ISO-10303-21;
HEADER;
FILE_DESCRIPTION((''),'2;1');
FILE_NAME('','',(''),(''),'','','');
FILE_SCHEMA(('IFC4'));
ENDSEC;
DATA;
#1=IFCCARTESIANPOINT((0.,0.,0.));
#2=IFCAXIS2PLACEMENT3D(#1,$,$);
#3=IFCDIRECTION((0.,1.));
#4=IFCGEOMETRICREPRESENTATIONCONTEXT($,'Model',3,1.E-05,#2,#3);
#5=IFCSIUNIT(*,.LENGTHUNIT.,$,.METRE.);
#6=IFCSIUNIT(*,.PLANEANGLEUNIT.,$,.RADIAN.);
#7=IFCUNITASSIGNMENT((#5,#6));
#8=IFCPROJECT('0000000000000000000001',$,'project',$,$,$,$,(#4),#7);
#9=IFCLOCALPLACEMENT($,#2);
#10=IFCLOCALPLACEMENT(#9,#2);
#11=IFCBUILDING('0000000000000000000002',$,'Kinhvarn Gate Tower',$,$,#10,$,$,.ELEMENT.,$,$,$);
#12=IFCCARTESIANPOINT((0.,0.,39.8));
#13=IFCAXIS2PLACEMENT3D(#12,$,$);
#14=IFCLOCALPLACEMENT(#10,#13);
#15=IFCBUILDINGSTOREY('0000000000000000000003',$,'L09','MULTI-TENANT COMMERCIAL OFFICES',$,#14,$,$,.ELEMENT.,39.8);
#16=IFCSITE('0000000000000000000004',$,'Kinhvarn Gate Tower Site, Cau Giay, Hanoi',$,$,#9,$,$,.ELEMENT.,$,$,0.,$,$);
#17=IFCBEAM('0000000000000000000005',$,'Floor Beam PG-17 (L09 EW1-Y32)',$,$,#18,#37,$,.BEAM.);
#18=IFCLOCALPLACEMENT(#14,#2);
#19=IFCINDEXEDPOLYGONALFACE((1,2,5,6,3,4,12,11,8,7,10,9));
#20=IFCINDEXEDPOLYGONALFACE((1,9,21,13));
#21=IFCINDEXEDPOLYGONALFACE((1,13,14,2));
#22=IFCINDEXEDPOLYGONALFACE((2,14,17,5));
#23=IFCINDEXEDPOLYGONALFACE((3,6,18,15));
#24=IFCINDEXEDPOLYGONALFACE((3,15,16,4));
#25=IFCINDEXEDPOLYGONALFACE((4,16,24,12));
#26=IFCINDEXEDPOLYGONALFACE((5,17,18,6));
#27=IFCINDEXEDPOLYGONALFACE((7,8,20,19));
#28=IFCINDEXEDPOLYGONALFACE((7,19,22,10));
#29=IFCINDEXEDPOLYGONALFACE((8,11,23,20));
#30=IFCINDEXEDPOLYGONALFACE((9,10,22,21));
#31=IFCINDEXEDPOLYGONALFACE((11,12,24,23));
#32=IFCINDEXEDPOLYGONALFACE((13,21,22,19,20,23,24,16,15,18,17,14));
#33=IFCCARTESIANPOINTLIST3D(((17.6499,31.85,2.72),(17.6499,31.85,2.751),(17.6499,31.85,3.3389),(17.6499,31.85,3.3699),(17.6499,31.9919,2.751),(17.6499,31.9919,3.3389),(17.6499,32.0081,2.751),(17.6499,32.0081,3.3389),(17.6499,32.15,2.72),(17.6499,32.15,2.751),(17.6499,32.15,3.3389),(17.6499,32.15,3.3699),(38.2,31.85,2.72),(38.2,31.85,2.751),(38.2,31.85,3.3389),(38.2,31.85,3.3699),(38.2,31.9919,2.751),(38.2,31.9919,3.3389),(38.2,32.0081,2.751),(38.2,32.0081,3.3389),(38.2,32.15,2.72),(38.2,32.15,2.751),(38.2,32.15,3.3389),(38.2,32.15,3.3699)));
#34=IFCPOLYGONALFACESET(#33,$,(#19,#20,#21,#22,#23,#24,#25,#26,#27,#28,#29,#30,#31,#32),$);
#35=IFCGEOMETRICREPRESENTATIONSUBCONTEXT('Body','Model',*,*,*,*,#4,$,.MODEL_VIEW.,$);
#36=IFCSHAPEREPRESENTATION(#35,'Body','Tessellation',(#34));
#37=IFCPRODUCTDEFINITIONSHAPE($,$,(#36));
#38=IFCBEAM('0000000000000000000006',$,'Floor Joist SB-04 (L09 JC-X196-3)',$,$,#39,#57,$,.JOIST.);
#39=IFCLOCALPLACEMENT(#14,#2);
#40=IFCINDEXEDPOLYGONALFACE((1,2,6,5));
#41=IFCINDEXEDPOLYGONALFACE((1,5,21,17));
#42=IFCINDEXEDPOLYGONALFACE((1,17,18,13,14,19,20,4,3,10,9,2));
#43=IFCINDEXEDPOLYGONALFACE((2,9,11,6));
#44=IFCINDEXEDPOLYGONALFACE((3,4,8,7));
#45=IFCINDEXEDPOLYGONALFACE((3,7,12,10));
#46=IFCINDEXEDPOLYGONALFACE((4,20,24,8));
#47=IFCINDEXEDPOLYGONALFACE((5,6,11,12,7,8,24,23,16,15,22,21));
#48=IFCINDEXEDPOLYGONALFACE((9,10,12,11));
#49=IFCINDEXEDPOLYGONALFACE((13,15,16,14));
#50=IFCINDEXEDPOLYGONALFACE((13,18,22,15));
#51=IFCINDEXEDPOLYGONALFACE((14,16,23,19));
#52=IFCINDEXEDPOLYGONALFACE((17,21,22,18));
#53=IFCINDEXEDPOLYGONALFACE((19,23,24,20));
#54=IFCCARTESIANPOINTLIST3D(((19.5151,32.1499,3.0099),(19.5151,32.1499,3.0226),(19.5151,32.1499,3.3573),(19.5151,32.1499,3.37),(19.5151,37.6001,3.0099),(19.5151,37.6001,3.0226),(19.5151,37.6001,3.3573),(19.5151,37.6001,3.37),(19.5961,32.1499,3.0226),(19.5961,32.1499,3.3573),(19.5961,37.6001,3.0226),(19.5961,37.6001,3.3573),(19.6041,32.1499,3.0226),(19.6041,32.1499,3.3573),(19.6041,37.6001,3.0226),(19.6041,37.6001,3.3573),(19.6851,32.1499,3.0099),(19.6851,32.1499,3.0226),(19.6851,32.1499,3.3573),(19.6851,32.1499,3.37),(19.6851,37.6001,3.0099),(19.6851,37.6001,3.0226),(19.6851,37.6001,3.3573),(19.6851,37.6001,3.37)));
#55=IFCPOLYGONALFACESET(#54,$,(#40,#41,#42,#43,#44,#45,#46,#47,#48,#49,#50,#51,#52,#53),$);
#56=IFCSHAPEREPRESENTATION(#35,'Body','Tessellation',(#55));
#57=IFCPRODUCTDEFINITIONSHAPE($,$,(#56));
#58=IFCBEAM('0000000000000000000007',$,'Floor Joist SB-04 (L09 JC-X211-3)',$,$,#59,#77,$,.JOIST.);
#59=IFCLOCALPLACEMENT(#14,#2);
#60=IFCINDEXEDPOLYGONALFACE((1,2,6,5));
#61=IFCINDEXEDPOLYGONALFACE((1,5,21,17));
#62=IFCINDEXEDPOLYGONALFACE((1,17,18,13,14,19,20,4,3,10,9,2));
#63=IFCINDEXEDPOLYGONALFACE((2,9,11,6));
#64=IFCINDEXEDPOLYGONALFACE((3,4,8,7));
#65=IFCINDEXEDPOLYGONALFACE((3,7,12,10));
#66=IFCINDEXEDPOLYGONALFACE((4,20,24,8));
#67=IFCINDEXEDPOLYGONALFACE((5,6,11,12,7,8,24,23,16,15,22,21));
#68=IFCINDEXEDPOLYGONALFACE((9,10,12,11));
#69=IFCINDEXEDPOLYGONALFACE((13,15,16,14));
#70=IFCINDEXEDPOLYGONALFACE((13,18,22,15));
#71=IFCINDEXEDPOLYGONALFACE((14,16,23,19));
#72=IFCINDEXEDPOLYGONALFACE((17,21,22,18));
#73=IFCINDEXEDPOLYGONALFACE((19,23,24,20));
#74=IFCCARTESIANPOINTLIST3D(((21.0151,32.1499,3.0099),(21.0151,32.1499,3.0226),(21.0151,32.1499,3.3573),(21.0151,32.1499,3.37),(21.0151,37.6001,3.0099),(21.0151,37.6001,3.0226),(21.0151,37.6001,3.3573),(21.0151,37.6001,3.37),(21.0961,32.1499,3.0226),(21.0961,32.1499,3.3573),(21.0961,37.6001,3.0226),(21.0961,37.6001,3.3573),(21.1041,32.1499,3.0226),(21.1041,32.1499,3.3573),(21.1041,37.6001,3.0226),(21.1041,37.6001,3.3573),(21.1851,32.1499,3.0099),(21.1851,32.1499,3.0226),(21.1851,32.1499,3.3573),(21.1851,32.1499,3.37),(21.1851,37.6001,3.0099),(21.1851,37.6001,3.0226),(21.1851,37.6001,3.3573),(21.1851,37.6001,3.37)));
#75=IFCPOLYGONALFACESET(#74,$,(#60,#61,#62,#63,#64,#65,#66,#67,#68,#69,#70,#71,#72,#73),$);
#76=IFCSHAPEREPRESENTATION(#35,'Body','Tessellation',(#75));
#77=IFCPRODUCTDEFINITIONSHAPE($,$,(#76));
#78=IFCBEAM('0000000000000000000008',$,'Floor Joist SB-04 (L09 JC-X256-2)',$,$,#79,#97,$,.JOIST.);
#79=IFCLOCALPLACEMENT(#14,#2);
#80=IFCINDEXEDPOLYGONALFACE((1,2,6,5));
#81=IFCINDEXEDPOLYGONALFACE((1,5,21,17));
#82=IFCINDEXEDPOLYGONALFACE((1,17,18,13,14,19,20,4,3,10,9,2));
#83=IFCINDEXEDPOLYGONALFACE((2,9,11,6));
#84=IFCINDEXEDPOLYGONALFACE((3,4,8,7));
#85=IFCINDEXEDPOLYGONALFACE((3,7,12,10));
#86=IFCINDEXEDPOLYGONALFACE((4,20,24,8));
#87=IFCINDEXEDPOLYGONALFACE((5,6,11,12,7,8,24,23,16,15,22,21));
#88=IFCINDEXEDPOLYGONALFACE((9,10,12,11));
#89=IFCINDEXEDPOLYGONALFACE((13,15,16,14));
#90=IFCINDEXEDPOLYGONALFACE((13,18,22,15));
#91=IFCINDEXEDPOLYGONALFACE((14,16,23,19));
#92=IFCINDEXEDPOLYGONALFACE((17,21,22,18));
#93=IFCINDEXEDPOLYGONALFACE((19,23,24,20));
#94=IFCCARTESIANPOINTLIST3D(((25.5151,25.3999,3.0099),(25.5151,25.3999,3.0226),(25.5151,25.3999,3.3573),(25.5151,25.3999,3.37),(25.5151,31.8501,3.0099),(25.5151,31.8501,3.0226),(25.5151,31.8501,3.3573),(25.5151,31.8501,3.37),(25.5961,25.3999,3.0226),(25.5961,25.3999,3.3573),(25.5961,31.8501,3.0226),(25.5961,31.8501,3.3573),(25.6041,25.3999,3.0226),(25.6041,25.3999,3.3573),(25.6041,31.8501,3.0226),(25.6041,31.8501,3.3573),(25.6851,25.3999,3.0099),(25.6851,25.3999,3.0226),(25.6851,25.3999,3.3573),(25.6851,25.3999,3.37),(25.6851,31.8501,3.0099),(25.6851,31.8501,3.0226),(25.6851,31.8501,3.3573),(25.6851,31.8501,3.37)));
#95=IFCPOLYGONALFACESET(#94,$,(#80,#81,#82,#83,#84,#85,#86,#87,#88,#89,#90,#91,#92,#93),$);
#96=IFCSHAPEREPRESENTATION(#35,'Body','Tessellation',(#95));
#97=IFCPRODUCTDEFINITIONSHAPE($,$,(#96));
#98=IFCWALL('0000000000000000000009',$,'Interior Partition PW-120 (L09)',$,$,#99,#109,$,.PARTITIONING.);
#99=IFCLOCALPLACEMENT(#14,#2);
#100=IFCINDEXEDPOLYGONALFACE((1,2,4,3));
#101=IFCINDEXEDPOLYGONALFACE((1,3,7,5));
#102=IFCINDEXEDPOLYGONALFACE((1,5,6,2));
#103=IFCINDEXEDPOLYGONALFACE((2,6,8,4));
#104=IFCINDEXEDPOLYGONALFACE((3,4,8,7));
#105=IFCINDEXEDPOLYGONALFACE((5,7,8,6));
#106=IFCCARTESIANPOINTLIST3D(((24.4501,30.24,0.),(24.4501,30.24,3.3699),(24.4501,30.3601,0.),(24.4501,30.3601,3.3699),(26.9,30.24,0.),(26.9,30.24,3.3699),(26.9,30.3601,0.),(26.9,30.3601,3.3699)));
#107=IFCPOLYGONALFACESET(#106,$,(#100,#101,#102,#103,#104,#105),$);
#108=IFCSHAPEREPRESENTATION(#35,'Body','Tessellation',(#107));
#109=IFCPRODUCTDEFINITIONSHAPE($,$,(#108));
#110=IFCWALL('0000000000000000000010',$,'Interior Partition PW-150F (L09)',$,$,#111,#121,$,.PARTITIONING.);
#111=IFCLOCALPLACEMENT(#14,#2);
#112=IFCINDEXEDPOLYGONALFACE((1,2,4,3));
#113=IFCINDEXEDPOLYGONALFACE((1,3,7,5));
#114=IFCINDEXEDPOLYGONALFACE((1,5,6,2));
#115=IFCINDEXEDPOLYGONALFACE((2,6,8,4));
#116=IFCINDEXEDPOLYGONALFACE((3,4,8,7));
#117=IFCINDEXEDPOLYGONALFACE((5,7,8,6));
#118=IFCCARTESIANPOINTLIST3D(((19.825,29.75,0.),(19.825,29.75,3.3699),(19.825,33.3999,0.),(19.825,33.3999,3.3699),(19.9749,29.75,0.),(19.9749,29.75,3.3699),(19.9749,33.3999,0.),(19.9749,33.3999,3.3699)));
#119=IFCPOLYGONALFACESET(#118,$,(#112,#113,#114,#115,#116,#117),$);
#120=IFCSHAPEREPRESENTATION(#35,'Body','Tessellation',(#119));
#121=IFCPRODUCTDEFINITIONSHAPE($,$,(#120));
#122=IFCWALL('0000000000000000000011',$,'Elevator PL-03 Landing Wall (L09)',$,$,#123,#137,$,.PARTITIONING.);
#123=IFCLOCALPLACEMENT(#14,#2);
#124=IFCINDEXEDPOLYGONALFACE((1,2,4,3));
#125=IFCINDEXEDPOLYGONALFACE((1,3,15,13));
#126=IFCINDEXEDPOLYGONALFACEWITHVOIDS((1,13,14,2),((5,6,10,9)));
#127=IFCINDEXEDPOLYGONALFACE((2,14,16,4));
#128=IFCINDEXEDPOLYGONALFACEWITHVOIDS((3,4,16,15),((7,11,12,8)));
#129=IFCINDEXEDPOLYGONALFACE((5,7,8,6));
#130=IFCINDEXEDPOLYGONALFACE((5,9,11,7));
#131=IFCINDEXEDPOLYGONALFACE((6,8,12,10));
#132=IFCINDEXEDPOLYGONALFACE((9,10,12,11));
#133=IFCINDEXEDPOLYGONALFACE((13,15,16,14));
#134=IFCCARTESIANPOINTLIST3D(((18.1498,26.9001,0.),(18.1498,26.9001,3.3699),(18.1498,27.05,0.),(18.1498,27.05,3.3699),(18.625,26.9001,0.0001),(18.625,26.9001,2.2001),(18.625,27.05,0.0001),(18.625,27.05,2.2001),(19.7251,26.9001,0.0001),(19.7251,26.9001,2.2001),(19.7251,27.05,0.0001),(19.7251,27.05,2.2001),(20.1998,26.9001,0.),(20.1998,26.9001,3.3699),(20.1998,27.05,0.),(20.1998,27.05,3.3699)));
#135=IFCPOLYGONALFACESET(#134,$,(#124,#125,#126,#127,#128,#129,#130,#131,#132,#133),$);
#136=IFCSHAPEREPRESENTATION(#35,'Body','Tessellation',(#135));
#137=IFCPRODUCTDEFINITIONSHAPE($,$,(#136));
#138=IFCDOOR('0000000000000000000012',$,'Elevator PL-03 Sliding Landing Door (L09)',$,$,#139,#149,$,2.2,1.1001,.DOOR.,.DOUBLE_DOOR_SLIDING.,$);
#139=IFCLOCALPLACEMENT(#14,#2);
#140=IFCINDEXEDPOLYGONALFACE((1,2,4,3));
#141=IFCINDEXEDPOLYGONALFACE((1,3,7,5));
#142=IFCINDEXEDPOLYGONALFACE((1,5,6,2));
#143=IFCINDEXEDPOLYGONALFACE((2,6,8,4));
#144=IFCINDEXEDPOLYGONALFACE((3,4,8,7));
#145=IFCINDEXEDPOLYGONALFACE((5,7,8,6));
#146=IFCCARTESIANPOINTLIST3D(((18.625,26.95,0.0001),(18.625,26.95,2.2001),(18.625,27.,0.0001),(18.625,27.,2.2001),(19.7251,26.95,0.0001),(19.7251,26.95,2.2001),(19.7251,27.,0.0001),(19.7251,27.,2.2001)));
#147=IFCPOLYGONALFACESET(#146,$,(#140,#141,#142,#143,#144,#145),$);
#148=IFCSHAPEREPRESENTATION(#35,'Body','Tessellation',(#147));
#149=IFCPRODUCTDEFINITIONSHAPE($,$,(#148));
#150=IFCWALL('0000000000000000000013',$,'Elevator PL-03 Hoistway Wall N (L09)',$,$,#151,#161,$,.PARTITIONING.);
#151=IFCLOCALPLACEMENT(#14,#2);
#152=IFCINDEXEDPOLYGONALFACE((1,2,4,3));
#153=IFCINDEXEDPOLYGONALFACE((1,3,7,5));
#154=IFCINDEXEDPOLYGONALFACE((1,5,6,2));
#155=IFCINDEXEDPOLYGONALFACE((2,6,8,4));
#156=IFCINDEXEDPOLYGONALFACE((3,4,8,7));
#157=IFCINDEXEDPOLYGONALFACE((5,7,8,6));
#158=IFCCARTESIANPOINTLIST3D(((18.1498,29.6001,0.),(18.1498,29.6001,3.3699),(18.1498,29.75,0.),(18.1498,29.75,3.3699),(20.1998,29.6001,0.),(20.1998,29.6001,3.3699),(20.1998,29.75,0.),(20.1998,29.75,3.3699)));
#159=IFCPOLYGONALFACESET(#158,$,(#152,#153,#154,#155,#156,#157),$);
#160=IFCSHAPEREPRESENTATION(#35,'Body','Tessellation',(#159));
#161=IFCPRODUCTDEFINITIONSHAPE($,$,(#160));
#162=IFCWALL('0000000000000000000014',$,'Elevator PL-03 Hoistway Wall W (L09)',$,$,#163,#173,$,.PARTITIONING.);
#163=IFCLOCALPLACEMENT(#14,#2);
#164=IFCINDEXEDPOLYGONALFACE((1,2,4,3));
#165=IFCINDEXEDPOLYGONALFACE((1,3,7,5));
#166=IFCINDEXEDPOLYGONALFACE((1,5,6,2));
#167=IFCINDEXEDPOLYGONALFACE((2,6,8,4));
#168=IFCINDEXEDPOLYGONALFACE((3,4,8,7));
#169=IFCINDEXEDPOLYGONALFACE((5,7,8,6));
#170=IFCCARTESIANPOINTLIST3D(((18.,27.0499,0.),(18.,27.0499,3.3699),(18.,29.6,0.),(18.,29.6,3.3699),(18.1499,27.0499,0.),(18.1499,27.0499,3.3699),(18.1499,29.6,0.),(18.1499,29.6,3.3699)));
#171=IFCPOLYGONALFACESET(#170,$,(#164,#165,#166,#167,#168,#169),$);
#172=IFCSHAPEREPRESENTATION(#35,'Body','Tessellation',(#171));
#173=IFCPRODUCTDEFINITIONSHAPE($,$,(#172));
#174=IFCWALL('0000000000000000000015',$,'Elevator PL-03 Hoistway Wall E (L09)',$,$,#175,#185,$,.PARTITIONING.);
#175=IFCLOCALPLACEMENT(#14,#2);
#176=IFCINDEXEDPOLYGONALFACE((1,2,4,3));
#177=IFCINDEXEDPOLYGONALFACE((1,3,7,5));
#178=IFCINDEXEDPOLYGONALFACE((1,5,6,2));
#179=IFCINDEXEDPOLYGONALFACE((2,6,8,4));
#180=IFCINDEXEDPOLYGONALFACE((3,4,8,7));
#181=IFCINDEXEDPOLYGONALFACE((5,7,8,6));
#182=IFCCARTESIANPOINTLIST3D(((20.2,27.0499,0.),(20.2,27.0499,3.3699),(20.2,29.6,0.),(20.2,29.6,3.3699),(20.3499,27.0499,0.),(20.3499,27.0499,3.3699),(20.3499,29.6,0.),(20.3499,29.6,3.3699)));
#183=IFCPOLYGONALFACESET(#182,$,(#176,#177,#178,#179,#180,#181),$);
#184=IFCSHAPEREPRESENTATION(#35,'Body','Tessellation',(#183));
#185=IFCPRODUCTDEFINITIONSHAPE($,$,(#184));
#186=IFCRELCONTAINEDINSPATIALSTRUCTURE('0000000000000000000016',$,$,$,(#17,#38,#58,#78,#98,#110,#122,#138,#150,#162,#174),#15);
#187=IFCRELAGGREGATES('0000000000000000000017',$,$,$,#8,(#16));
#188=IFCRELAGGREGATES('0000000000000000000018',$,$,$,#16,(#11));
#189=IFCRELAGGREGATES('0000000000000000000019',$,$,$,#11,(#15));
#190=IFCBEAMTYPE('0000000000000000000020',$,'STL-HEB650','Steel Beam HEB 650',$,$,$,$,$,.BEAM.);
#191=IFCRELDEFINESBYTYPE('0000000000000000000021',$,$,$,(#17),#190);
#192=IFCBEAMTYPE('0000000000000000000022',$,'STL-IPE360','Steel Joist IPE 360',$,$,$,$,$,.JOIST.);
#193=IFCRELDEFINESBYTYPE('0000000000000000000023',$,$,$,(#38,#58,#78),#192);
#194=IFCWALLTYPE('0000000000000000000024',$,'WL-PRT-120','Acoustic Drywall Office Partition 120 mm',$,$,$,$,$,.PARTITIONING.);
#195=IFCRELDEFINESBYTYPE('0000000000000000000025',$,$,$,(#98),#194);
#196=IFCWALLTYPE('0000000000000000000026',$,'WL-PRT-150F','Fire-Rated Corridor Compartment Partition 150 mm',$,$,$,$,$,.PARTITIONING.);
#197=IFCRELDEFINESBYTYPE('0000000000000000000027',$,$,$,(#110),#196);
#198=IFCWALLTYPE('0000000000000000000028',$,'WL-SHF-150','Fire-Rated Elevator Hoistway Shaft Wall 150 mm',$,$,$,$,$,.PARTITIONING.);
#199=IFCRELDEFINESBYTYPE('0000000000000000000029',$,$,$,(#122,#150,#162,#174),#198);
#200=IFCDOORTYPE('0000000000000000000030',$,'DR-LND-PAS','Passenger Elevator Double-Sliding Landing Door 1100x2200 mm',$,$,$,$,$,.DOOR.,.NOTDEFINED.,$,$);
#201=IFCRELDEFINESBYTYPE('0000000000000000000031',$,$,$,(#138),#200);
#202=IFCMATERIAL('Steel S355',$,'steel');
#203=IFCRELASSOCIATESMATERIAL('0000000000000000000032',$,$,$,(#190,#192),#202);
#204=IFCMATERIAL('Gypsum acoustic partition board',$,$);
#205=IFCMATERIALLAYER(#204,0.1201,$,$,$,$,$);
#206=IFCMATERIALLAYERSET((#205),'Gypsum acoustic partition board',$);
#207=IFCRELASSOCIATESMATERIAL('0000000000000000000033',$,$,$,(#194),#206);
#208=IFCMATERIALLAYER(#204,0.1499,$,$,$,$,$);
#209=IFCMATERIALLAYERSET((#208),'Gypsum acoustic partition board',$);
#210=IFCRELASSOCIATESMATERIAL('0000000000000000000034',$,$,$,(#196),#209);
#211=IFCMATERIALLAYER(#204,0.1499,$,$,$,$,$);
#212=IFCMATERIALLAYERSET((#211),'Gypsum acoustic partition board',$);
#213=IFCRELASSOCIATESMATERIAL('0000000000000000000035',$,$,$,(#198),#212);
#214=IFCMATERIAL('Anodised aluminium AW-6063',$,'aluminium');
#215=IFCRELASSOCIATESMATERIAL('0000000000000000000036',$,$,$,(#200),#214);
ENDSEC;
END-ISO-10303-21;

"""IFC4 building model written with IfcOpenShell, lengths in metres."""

from ifc_helpers import new_model, si_unit, direction, frame, frame_2d, origin, origin_2d, place, context, subcontext, project, spatial, rectangle, i_section, extrude, material, layer, layer_set, material_profile, profile_set, type_object, element, fill, save


model = new_model("IFC4")

# Units and contexts
model_context = context("Model", 3, precision=1e-05, world=origin(), true_north=direction((0.0, 1.0)))
body_context = subcontext(model_context, "Body", "Model", "MODEL_VIEW")
ifc_project = project(units=[si_unit("LENGTHUNIT", "METRE"), si_unit("PLANEANGLEUNIT", "RADIAN")], contexts=[model_context])

# Site, building, storey
site_placement = place(None, origin())
site = spatial("IfcSite", under=ifc_project, at=site_placement, Name="Kinhvarn Gate Tower Site, Cau Giay, Hanoi", CompositionType="ELEMENT", RefElevation=0.0)
building_placement = place(site_placement, origin())
building = spatial("IfcBuilding", under=site, at=building_placement, Name="Kinhvarn Gate Tower", CompositionType="ELEMENT")
storey_placement = place(building_placement, frame((0.0, 0.0, 39.8)))
storey = spatial("IfcBuildingStorey", under=building, at=storey_placement, Name="L09", Description="MULTI-TENANT COMMERCIAL OFFICES", CompositionType="ELEMENT", Elevation=39.8)

# Beams
ifc_material_1 = material(Name="Steel S355", Category="steel")
ifc_material_profile_1 = material_profile(ifc_material_1, i_section(OverallWidth=0.3, OverallDepth=0.6499, WebThickness=0.0161, FlangeThickness=0.031, at=origin_2d()), Name="HEB 650")
ifc_profile_set_1 = profile_set([ifc_material_profile_1], Name="Steel S355")
beam_type_1 = type_object("IfcBeamType", Name="STL-HEB650", Description="Steel Beam HEB 650", PredefinedType="BEAM", material=ifc_profile_set_1)
beam_1_placement = place(storey_placement, frame((17.6499, 32.0, 3.0449), z_axis=(1.0, 0.0, 0.0), x_axis=(0.0, 1.0, 0.0)))
element("IfcBeam", 1, at=beam_1_placement, inside=storey, type_object=beam_type_1, Name="Floor Beam PG-17 (L09 EW1-Y32)", PredefinedType="BEAM", context=body_context, shape_type="SweptSolid", body=[
    extrude(i_section(OverallWidth=0.3, OverallDepth=0.6499, WebThickness=0.0161, FlangeThickness=0.031, at=origin_2d()), origin(), (0.0, 0.0, 1.0), 20.55),
])
ifc_material_profile_2 = material_profile(ifc_material_1, i_section(OverallWidth=0.1699, OverallDepth=0.3601, WebThickness=0.0081, FlangeThickness=0.0127, at=origin_2d()), Name="IPE 360")
ifc_profile_set_2 = profile_set([ifc_material_profile_2], Name="Steel S355")
beam_type_2 = type_object("IfcBeamType", Name="STL-IPE360", Description="Steel Joist IPE 360", PredefinedType="JOIST", material=ifc_profile_set_2)
for number, where, z_axis, x_axis, name in (
    (2, (19.6001, 32.1499, 3.1899), (0.0, 1.0, 0.0), (-1.0, 0.0, 0.0), "Floor Joist SB-04 (L09 JC-X196-3)"),
    (3, (21.1001, 32.1499, 3.1899), (0.0, 1.0, 0.0), (-1.0, 0.0, 0.0), "Floor Joist SB-04 (L09 JC-X211-3)"),
):
    element("IfcBeam", number, at=place(storey_placement, frame(where, z_axis=z_axis, x_axis=x_axis)), inside=storey, type_object=beam_type_2, Name=name, PredefinedType="JOIST", context=body_context, shape_type="SweptSolid", body=[
        extrude(i_section(OverallWidth=0.1699, OverallDepth=0.3601, WebThickness=0.0081, FlangeThickness=0.0127, at=origin_2d()), origin(), (0.0, 0.0, 1.0), 5.4502),
    ])
beam_2_placement = place(storey_placement, frame((25.6001, 25.3999, 3.1899), z_axis=(0.0, 1.0, 0.0), x_axis=(-1.0, 0.0, 0.0)))
element("IfcBeam", 4, at=beam_2_placement, inside=storey, type_object=beam_type_2, Name="Floor Joist SB-04 (L09 JC-X256-2)", PredefinedType="JOIST", context=body_context, shape_type="SweptSolid", body=[
    extrude(i_section(OverallWidth=0.1699, OverallDepth=0.3601, WebThickness=0.0081, FlangeThickness=0.0127, at=origin_2d()), origin(), (0.0, 0.0, 1.0), 6.4502),
])

# Wall
ifc_material_2 = material(Name="Gypsum acoustic partition board")
ifc_layer_1 = layer(ifc_material_2, 0.1201)
ifc_layer_set_1 = layer_set([ifc_layer_1], Name="Gypsum acoustic partition board")
wall_type_1 = type_object("IfcWallType", Name="WL-PRT-120", Description="Acoustic Drywall Office Partition 120 mm", PredefinedType="PARTITIONING", material=ifc_layer_set_1)
wall_1_placement = place(storey_placement, frame((24.45, 30.3, 0.0), z_axis=(0.0, 0.0, 1.0), x_axis=(1.0, 0.0, 0.0)))
element("IfcWall", 5, at=wall_1_placement, inside=storey, type_object=wall_type_1, Name="Interior Partition PW-120 (L09)", PredefinedType="PARTITIONING", context=body_context, shape_type="SweptSolid", body=[
    extrude(rectangle(XDim=2.45, YDim=0.1201, at=frame_2d((1.2251, 0.0))), origin(), (0.0, 0.0, 1.0), 3.3699),
])

# Shared definitions
ifc_layer_2 = layer(ifc_material_2, 0.1499)
ifc_layer_set_2 = layer_set([ifc_layer_2], Name="Gypsum acoustic partition board")
wall_type_2 = type_object("IfcWallType", Name="WL-PRT-150F", Description="Fire-Rated Corridor Compartment Partition 150 mm", PredefinedType="PARTITIONING", material=ifc_layer_set_2)
ifc_material_3 = material(Name="Anodised aluminium AW-6063", Category="aluminium")

# Wall
wall_2_placement = place(storey_placement, frame((19.8999, 29.75, 0.0), z_axis=(0.0, 0.0, 1.0), x_axis=(0.0, 1.0, 0.0)))
element("IfcWall", 6, at=wall_2_placement, inside=storey, type_object=wall_type_2, Name="Interior Partition PW-150F (L09)", PredefinedType="PARTITIONING", context=body_context, shape_type="SweptSolid", body=[
    extrude(rectangle(XDim=3.6499, YDim=0.1499, at=frame_2d((1.825, 0.0))), origin(), (0.0, 0.0, 1.0), 3.3699),
])

# Wall, opening, door
ifc_layer_3 = layer(ifc_material_2, 0.1499)
ifc_layer_set_3 = layer_set([ifc_layer_3], Name="Gypsum acoustic partition board")
wall_type_3 = type_object("IfcWallType", Name="WL-SHF-150", Description="Fire-Rated Elevator Hoistway Shaft Wall 150 mm", PredefinedType="PARTITIONING", material=ifc_layer_set_3)
wall_3_placement = place(storey_placement, frame((18.1499, 26.9751, 0.0), z_axis=(0.0, 0.0, 1.0), x_axis=(1.0, 0.0, 0.0)))
wall_3 = element("IfcWall", 7, at=wall_3_placement, inside=storey, type_object=wall_type_3, Name="Elevator PL-03 Landing Wall (L09)", PredefinedType="PARTITIONING", context=body_context, shape_type="SweptSolid", body=[
    extrude(rectangle(XDim=2.05, YDim=0.1499, at=frame_2d((1.0249, 0.0))), origin(), (0.0, 0.0, 1.0), 3.3699),
])
opening_1_placement = place(wall_3_placement, frame((0.4751, 0.0, 0.0)))
opening_1 = element("IfcOpeningElement", 8, at=opening_1_placement, cuts=wall_3, PredefinedType="OPENING", context=body_context, shape_type="SweptSolid", body=[
    extrude(rectangle(XDim=1.1001, YDim=2.2, at=frame_2d((0.55, 1.1001))), frame((0.0, 0.085, 0.0), z_axis=(0.0, -1.0, 0.0), x_axis=(1.0, 0.0, 0.0)), (0.0, 0.0, 1.0), 0.1699),
])
door_type_1 = type_object("IfcDoorType", Name="DR-LND-PAS", Description="Passenger Elevator Double-Sliding Landing Door 1100x2200 mm", OperationType="NOTDEFINED", PredefinedType="DOOR", material=ifc_material_3)
door_1_placement = place(opening_1_placement, origin())
door_1 = element("IfcDoor", 9, at=door_1_placement, inside=storey, type_object=door_type_1, Name="Elevator PL-03 Sliding Landing Door (L09)", OperationType="DOUBLE_DOOR_SLIDING", OverallHeight=2.2, OverallWidth=1.1001, PredefinedType="DOOR", context=body_context, shape_type="SweptSolid", body=[
    extrude(rectangle(XDim=1.1001, YDim=2.2, at=frame_2d((0.55, 1.1001))), frame((0.0, 0.0249, 0.0), z_axis=(0.0, -1.0, 0.0), x_axis=(1.0, 0.0, 0.0)), (0.0, 0.0, 1.0), 0.05),
])
fill(opening_1, door_1)

# Walls
wall_4_placement = place(storey_placement, frame((18.1499, 29.675, 0.0), z_axis=(0.0, 0.0, 1.0), x_axis=(1.0, 0.0, 0.0)))
element("IfcWall", 10, at=wall_4_placement, inside=storey, type_object=wall_type_3, Name="Elevator PL-03 Hoistway Wall N (L09)", PredefinedType="PARTITIONING", context=body_context, shape_type="SweptSolid", body=[
    extrude(rectangle(XDim=2.05, YDim=0.1499, at=frame_2d((1.0249, 0.0))), origin(), (0.0, 0.0, 1.0), 3.3699),
])
for number, where, z_axis, x_axis, name in (
    (11, (18.075, 27.05, 0.0), (0.0, 0.0, 1.0), (0.0, 1.0, 0.0), "Elevator PL-03 Hoistway Wall W (L09)"),
    (12, (20.2749, 27.05, 0.0), (0.0, 0.0, 1.0), (0.0, 1.0, 0.0), "Elevator PL-03 Hoistway Wall E (L09)"),
):
    element("IfcWall", number, at=place(storey_placement, frame(where, z_axis=z_axis, x_axis=x_axis)), inside=storey, type_object=wall_type_3, Name=name, PredefinedType="PARTITIONING", context=body_context, shape_type="SweptSolid", body=[
        extrude(rectangle(XDim=2.55, YDim=0.1499, at=frame_2d((1.2749, 0.0))), origin(), (0.0, 0.0, 1.0), 3.3699),
    ])

save(model, "model.ifc")
